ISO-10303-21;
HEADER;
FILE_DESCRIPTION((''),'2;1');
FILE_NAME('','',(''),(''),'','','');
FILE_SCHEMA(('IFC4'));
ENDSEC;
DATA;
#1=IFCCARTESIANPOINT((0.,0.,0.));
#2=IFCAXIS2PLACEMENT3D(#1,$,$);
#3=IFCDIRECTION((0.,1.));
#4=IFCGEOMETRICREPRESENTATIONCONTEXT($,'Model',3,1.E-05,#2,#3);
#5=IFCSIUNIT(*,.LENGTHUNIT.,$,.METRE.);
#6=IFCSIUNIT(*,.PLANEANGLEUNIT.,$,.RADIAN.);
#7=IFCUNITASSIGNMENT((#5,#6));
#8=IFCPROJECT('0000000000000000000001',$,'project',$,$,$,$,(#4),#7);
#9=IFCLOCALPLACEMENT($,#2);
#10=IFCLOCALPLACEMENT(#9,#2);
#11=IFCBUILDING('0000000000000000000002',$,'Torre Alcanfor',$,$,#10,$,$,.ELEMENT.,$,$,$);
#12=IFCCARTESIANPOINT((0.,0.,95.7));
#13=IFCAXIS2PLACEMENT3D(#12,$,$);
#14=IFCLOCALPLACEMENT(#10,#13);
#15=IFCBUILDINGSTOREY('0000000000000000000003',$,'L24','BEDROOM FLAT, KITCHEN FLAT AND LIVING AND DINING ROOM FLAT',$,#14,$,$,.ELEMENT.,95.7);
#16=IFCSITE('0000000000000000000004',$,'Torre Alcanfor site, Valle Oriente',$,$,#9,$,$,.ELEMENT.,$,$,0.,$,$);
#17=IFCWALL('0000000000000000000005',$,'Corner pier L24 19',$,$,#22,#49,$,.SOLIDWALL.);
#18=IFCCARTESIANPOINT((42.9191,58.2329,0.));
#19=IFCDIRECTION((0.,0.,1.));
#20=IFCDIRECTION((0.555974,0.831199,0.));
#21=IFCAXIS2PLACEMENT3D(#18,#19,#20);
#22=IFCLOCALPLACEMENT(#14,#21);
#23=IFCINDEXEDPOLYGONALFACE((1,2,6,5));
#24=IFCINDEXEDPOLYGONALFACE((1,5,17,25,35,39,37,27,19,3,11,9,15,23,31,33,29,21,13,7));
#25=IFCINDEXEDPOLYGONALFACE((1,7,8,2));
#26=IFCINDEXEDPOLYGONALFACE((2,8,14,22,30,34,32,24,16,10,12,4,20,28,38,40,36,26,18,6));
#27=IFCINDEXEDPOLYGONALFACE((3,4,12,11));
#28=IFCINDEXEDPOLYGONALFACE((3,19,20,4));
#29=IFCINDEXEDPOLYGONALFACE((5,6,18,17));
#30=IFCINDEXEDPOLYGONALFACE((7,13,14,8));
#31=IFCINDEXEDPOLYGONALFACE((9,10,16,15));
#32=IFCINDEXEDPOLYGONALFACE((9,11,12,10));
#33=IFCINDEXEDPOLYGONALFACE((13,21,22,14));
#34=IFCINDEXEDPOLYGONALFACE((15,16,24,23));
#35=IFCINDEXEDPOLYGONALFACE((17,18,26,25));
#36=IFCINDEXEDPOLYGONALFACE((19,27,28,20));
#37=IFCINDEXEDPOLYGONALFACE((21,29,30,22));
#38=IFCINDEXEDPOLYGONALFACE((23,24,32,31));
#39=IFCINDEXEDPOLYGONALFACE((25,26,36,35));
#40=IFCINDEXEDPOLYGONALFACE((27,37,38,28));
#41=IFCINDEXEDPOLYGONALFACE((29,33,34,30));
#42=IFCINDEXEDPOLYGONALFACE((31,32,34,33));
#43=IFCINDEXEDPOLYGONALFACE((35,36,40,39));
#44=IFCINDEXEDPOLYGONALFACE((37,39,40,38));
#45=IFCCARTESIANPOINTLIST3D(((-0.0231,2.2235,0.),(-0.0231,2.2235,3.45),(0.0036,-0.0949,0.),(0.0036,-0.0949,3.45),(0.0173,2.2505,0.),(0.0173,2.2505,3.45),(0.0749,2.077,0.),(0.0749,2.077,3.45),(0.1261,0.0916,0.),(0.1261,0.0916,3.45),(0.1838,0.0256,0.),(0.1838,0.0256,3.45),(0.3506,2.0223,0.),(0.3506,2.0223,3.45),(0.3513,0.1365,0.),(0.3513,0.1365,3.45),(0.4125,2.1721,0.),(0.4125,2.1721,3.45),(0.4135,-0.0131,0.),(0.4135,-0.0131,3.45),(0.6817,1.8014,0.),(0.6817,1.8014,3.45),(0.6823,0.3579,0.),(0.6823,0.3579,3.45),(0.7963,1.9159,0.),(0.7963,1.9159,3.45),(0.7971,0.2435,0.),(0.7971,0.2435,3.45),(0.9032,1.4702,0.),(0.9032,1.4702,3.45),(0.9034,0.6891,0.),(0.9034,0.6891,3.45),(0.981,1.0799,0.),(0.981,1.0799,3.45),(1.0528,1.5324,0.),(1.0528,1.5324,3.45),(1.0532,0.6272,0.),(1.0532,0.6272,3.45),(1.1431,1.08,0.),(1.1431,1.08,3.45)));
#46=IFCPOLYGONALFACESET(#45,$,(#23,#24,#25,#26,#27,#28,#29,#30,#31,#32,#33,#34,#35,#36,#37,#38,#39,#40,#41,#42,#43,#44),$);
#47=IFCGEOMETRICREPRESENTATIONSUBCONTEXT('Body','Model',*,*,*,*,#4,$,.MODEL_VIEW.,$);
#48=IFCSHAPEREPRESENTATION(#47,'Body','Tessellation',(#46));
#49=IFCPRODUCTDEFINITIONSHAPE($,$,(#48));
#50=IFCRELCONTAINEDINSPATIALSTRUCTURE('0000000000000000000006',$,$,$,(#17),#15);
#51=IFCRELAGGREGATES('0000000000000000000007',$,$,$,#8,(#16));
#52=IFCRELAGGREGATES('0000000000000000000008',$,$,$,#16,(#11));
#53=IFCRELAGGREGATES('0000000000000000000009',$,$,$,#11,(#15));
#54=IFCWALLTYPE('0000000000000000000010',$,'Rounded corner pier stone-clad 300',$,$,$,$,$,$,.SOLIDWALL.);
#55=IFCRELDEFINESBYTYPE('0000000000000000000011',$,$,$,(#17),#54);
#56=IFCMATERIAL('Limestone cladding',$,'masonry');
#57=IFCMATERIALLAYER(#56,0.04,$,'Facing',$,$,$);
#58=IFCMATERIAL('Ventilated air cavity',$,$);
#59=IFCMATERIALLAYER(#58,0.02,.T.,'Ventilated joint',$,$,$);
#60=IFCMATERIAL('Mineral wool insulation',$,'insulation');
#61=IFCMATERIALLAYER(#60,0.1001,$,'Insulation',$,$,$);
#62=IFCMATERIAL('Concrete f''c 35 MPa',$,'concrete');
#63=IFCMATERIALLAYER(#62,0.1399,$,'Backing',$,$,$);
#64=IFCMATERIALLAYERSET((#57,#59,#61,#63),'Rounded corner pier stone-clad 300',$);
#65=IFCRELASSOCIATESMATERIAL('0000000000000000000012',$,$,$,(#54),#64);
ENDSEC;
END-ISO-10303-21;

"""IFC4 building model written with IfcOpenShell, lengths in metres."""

from ifc_helpers import new_model, si_unit, direction, frame, origin, place, context, subcontext, project, spatial, polyline, outline, extrude, material, layer, layer_set, type_object, element, save


model = new_model("IFC4")

# Units and contexts
model_context = context("Model", 3, precision=1e-05, world=origin(), true_north=direction((0.0, 1.0)))
body_context = subcontext(model_context, "Body", "Model", "MODEL_VIEW")
ifc_project = project(units=[si_unit("LENGTHUNIT", "METRE"), si_unit("PLANEANGLEUNIT", "RADIAN")], contexts=[model_context])

# Site, building, storey
site_placement = place(None, origin())
site = spatial("IfcSite", under=ifc_project, at=site_placement, Name="Torre Alcanfor site, Valle Oriente", CompositionType="ELEMENT", RefElevation=0.0)
building_placement = place(site_placement, origin())
building = spatial("IfcBuilding", under=site, at=building_placement, Name="Torre Alcanfor", CompositionType="ELEMENT")
storey_placement = place(building_placement, frame((0.0, 0.0, 95.7)))
storey = spatial("IfcBuildingStorey", under=building, at=storey_placement, Name="L24", Description="BEDROOM FLAT, KITCHEN FLAT AND LIVING AND DINING ROOM FLAT", CompositionType="ELEMENT", Elevation=95.7)

# Shared definitions
ifc_material_1 = material(Name="Limestone cladding", Category="masonry")
ifc_material_2 = material(Name="Ventilated air cavity")
ifc_material_3 = material(Name="Mineral wool insulation", Category="insulation")
ifc_material_4 = material(Name="Concrete f'c 35 MPa", Category="concrete")

# Wall
ifc_layer_1 = layer(ifc_material_1, 0.04, Name="Facing")
ifc_layer_2 = layer(ifc_material_2, 0.02, ventilated=True, Name="Ventilated joint")
ifc_layer_3 = layer(ifc_material_3, 0.1001, Name="Insulation")
ifc_layer_4 = layer(ifc_material_4, 0.1399, Name="Backing")
ifc_layer_set_1 = layer_set([ifc_layer_1, ifc_layer_2, ifc_layer_3, ifc_layer_4], Name="Rounded corner pier stone-clad 300")
wall_type_1 = type_object("IfcWallType", Name="Rounded corner pier stone-clad 300", PredefinedType="SOLIDWALL", material=ifc_layer_set_1)
wall_1_placement = place(storey_placement, frame((42.9191, 58.2329, 0.0), z_axis=(0.0, 0.0, 1.0), x_axis=(0.555974, 0.831199, 0.0)))
element("IfcWall", 1, at=wall_1_placement, inside=storey, type_object=wall_type_1, Name="Corner pier L24 19", PredefinedType="SOLIDWALL", context=body_context, shape_type="SweptSolid", body=[
    extrude(outline(polyline([(0.4135, -0.0131), (0.7971, 0.2435), (1.0532, 0.6272), (1.1431, 1.08), (1.0528, 1.5324), (0.7963, 1.9159), (0.4125, 2.1721), (0.0173, 2.2505), (-0.0231, 2.2235), (0.0749, 2.077), (0.3506, 2.0223), (0.6817, 1.8014), (0.9032, 1.4702), (0.981, 1.0799), (0.9034, 0.6891), (0.6823, 0.3579), (0.3513, 0.1365), (0.1261, 0.0916), (0.1838, 0.0256), (0.0036, -0.0949), (0.4135, -0.0131)])), origin(), (0.0, 0.0, 1.0), 3.45),
])

save(model, "model.ifc")
